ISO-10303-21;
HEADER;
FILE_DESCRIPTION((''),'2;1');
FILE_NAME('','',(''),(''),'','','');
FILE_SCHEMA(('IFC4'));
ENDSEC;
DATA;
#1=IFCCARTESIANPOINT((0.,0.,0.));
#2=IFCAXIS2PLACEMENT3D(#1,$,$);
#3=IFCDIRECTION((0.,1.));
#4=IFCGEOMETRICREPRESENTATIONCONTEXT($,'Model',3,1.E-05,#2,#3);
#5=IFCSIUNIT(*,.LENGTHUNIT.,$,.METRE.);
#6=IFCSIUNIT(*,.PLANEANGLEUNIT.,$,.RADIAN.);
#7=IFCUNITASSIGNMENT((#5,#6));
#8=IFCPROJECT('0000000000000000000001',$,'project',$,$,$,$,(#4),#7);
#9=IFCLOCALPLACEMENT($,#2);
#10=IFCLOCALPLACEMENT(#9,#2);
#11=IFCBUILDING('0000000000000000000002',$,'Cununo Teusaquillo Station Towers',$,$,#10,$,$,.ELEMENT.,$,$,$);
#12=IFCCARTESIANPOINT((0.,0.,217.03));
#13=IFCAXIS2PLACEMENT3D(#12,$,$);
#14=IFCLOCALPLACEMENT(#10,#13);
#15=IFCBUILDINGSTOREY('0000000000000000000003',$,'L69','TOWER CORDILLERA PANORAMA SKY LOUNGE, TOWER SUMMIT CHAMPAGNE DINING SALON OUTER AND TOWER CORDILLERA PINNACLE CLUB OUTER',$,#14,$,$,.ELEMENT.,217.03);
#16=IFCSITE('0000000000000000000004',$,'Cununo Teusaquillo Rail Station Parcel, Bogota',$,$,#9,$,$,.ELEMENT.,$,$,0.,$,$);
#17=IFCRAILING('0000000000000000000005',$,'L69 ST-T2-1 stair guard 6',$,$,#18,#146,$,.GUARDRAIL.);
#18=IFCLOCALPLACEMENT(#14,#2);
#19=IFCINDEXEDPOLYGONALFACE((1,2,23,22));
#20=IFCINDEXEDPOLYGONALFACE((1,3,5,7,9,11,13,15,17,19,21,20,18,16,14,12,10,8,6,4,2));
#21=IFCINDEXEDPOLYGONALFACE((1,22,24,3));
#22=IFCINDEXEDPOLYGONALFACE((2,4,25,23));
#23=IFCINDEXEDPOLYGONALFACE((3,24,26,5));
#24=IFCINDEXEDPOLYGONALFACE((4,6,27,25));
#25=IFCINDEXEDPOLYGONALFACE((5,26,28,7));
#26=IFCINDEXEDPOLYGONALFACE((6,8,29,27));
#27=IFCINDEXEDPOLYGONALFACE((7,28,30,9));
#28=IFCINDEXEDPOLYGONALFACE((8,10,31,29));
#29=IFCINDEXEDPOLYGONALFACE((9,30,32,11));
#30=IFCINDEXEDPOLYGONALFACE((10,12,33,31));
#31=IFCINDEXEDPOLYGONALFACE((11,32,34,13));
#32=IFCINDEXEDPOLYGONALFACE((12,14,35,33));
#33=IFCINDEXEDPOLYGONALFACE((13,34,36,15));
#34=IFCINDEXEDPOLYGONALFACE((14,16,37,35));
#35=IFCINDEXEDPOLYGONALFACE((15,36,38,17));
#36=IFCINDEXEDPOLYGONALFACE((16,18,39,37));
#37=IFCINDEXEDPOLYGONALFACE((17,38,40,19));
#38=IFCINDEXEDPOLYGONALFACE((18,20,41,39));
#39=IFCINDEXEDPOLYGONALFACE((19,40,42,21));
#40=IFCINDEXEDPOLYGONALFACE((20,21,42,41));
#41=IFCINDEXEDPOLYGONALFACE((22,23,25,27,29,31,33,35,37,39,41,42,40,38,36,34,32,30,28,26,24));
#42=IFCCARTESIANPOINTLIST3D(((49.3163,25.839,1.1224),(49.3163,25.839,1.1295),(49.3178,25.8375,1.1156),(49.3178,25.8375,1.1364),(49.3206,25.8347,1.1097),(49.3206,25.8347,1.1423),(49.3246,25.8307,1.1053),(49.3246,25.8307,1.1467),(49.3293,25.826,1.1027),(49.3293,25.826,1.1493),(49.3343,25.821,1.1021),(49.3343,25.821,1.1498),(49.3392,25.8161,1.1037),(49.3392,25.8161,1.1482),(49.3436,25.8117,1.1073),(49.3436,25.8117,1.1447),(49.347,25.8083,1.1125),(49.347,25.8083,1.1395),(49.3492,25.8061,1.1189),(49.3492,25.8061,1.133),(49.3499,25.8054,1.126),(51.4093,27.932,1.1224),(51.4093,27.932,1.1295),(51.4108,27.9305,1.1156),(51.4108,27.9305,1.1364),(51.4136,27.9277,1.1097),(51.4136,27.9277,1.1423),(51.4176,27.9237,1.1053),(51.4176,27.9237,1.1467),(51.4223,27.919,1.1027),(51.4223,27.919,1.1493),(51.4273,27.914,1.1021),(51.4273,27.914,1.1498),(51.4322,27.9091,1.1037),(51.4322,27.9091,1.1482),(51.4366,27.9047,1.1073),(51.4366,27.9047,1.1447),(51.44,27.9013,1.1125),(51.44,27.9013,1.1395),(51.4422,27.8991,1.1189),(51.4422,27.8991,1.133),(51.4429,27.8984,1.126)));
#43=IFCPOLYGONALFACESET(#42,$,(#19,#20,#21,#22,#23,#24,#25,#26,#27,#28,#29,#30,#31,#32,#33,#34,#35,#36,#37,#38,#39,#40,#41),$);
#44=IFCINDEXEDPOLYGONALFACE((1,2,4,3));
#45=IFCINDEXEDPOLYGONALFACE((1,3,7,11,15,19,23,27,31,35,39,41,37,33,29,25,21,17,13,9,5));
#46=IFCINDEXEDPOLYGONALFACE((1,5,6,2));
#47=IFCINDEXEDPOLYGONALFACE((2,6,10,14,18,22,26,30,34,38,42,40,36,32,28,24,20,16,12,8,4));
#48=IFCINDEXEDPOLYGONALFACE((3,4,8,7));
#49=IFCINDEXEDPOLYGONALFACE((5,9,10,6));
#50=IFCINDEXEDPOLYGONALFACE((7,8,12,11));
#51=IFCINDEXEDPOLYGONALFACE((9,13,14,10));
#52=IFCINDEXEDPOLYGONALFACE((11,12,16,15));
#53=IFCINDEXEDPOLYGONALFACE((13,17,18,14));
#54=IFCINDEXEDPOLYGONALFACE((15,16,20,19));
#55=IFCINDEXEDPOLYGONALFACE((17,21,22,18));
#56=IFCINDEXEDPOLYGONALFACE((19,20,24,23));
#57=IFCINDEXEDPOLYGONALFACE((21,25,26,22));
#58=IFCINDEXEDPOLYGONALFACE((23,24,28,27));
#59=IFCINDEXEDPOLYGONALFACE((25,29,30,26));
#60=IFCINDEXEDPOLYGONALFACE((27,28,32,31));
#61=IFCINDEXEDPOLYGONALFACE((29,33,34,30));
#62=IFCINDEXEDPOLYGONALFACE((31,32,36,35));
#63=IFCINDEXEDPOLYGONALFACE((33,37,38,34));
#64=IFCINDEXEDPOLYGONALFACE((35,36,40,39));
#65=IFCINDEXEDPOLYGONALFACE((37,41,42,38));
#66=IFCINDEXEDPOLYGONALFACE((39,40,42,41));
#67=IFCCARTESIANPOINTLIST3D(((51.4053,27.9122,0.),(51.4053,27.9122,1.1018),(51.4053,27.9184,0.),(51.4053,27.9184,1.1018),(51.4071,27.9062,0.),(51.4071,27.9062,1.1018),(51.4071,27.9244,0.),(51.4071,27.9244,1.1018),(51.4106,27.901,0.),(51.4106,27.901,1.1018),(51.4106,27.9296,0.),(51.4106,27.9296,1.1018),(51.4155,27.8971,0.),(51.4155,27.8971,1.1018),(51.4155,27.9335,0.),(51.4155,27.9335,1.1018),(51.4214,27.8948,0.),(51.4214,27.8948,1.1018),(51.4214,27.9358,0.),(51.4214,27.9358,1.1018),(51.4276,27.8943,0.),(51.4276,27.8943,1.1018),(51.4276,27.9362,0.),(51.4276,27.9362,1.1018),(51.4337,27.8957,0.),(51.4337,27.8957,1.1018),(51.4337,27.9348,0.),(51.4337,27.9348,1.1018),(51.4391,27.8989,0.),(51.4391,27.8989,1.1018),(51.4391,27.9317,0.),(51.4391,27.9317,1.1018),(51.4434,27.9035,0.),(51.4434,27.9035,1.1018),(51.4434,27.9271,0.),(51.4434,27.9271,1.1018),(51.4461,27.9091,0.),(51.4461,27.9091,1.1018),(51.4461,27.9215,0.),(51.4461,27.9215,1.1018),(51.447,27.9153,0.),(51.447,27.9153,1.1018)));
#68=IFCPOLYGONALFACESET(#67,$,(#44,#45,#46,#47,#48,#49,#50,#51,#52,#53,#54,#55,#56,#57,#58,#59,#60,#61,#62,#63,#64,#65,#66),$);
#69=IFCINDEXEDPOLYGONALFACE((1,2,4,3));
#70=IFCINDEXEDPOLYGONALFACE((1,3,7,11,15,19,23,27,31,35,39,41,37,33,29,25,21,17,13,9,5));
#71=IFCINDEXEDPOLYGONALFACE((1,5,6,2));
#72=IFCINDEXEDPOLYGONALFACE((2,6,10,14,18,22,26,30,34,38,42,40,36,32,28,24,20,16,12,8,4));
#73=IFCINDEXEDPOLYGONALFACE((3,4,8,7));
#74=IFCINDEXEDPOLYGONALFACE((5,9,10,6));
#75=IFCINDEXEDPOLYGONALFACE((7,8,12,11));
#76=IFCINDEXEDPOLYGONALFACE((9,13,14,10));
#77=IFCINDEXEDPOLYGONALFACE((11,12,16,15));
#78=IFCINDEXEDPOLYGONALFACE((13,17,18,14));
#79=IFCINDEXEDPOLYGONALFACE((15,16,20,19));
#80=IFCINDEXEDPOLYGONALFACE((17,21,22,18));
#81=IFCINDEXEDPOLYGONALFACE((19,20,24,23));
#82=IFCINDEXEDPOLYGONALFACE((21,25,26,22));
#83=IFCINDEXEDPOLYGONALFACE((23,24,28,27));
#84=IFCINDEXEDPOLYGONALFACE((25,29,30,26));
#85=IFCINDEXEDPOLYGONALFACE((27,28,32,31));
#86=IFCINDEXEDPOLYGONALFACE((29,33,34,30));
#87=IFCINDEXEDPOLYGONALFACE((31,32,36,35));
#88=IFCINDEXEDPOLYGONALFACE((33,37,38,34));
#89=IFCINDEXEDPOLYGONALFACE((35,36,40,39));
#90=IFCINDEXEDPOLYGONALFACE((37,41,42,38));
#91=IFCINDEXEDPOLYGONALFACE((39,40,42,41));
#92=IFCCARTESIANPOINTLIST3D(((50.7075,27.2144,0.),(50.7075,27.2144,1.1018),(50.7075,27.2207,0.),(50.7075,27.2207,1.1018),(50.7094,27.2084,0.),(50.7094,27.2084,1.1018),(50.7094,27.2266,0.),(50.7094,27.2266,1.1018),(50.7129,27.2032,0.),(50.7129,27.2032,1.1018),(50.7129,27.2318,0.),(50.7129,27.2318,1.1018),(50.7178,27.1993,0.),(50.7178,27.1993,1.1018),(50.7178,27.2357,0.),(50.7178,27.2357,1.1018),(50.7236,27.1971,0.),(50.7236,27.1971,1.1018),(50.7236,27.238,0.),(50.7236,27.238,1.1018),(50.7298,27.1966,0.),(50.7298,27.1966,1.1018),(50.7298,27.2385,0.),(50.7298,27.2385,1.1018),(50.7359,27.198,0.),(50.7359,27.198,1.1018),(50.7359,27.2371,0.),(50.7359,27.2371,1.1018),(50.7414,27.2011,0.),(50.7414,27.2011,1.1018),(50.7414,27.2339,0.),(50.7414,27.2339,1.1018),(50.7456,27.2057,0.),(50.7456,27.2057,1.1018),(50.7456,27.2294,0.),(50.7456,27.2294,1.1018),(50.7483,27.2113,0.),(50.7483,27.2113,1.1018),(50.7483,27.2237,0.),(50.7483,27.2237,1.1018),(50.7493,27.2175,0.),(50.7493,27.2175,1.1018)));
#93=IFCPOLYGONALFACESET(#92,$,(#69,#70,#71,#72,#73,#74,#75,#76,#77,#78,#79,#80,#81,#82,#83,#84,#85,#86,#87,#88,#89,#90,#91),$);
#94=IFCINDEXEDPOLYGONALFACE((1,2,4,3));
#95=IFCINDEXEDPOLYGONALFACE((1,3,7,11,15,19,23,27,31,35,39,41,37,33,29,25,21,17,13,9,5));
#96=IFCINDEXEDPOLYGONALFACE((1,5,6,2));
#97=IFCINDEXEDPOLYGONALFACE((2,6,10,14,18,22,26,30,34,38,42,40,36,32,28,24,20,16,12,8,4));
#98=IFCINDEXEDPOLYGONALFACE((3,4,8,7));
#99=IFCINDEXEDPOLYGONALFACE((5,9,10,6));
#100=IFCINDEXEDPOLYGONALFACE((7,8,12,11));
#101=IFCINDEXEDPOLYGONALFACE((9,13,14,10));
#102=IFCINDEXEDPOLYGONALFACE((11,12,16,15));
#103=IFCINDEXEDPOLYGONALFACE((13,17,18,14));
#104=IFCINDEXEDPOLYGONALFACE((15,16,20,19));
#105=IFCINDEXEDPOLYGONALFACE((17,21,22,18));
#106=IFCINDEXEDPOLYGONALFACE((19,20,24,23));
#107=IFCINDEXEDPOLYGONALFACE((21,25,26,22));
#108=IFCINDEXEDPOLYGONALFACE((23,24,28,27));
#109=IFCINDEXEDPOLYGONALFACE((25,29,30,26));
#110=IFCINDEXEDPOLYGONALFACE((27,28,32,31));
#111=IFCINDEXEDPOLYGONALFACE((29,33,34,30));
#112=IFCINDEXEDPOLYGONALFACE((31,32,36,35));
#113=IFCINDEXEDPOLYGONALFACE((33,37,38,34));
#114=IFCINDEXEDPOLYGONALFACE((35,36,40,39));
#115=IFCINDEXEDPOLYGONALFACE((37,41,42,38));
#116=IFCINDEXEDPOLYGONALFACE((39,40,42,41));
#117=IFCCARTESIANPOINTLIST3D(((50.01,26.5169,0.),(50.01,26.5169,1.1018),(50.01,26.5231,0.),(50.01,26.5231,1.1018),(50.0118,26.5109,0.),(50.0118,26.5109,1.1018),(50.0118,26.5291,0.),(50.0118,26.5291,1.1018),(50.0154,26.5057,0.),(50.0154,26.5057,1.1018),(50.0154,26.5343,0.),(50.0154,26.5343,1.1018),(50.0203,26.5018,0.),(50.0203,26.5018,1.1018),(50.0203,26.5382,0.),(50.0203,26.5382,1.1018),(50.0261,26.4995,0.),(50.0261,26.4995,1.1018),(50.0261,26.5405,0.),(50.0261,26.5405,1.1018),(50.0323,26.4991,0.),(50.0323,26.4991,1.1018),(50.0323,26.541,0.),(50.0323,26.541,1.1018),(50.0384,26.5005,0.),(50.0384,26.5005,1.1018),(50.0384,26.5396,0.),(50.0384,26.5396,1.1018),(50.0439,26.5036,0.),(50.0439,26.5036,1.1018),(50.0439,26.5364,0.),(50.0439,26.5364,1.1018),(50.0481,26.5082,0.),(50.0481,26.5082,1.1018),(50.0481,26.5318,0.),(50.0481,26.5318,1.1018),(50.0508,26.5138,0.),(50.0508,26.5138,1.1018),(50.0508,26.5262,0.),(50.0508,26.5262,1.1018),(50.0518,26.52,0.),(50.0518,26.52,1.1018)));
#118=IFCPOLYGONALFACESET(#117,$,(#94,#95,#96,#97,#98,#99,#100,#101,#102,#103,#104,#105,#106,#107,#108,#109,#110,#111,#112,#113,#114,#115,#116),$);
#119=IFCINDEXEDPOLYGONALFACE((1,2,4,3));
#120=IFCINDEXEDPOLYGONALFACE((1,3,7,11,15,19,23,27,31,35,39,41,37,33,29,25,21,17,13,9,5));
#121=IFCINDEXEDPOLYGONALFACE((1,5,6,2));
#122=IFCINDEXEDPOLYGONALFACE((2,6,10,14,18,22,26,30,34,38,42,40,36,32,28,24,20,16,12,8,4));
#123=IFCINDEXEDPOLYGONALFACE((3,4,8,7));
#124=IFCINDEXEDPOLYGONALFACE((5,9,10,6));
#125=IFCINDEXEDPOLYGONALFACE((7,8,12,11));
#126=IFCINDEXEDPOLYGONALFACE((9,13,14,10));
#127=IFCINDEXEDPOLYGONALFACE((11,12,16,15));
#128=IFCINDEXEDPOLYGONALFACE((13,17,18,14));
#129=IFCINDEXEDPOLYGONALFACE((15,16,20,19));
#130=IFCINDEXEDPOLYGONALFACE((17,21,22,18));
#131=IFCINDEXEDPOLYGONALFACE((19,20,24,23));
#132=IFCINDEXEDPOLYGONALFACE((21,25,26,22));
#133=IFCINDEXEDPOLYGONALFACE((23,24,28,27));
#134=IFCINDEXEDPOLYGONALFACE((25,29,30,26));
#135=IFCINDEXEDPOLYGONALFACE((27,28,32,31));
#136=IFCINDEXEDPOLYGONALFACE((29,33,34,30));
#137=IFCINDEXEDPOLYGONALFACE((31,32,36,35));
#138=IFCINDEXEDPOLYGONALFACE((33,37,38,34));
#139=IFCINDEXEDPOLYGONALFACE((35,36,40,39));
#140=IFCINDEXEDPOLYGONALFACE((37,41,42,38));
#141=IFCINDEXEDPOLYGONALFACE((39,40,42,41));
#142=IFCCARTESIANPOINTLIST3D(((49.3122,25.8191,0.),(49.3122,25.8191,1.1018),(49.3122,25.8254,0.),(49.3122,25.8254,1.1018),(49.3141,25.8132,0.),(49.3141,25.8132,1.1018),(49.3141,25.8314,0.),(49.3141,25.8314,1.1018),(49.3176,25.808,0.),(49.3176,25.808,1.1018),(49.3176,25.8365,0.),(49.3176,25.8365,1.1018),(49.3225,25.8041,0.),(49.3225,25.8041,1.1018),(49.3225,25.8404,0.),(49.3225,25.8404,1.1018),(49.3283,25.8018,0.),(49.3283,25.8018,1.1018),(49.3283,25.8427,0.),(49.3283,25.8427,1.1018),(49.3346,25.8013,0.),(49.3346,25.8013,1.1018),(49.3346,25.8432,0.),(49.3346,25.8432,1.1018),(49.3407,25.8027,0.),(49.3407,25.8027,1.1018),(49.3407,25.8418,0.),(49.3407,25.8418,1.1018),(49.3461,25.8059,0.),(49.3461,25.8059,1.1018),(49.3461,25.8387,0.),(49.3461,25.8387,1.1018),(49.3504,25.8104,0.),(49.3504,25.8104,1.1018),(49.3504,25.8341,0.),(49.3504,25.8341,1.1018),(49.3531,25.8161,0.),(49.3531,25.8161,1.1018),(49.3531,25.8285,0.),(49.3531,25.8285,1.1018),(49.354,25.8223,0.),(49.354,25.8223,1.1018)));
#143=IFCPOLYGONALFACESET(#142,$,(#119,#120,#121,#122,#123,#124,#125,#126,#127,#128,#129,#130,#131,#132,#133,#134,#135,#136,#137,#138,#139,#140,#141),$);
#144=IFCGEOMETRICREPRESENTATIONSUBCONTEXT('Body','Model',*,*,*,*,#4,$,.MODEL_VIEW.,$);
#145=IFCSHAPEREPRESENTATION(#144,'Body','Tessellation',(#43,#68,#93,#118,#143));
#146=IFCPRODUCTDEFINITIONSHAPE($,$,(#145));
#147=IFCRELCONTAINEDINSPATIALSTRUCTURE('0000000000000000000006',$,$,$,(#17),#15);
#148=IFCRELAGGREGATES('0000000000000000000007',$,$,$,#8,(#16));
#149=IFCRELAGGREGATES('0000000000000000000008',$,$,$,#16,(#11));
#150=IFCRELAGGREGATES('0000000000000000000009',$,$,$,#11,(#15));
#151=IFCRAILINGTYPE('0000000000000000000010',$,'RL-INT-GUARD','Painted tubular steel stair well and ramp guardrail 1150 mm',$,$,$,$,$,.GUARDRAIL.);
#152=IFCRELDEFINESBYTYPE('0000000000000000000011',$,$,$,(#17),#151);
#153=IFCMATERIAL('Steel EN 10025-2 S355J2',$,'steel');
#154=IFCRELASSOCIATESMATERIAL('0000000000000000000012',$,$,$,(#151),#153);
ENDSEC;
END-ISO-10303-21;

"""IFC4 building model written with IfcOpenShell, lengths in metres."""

from ifc_helpers import new_model, si_unit, direction, frame, origin, origin_2d, place, context, subcontext, project, spatial, circle, extrude, material, type_object, element, save


model = new_model("IFC4")

# Units and contexts
model_context = context("Model", 3, precision=1e-05, world=origin(), true_north=direction((0.0, 1.0)))
body_context = subcontext(model_context, "Body", "Model", "MODEL_VIEW")
ifc_project = project(units=[si_unit("LENGTHUNIT", "METRE"), si_unit("PLANEANGLEUNIT", "RADIAN")], contexts=[model_context])

# Site, building, storey
site_placement = place(None, origin())
site = spatial("IfcSite", under=ifc_project, at=site_placement, Name="Cununo Teusaquillo Rail Station Parcel, Bogota", CompositionType="ELEMENT", RefElevation=0.0)
building_placement = place(site_placement, origin())
building = spatial("IfcBuilding", under=site, at=building_placement, Name="Cununo Teusaquillo Station Towers", CompositionType="ELEMENT")
storey_placement = place(building_placement, frame((0.0, 0.0, 217.03)))
storey = spatial("IfcBuildingStorey", under=building, at=storey_placement, Name="L69", Description="TOWER CORDILLERA PANORAMA SKY LOUNGE, TOWER SUMMIT CHAMPAGNE DINING SALON OUTER AND TOWER CORDILLERA PINNACLE CLUB OUTER", CompositionType="ELEMENT", Elevation=217.03)

# Railing
ifc_material_1 = material(Name="Steel EN 10025-2 S355J2", Category="steel")
railing_type = type_object("IfcRailingType", Name="RL-INT-GUARD", Description="Painted tubular steel stair well and ramp guardrail 1150 mm", PredefinedType="GUARDRAIL", material=ifc_material_1)
railing_1_placement = place(storey_placement, frame((51.426, 27.9153, 0.0)))
element("IfcRailing", 1, at=railing_1_placement, inside=storey, type_object=railing_type, Name="L69 ST-T2-1 stair guard 6", PredefinedType="GUARDRAIL", context=body_context, shape_type="SweptSolid", body=[
    extrude(circle(Radius=0.0239, at=origin_2d()), frame((0.0, 0.0, 1.126), z_axis=(-0.707107, -0.707107, 0.0), x_axis=(0.707107, -0.707107, 0.0)), (0.0, 0.0, 1.0), 2.96),
    extrude(circle(Radius=0.021, at=origin_2d()), origin(), (0.0, 0.0, 1.0), 1.1018),
    extrude(circle(Radius=0.021, at=origin_2d()), frame((-0.6978, -0.6978, 0.0)), (0.0, 0.0, 1.0), 1.1018),
    extrude(circle(Radius=0.021, at=origin_2d()), frame((-1.3953, -1.3953, 0.0)), (0.0, 0.0, 1.0), 1.1018),
    extrude(circle(Radius=0.021, at=origin_2d()), frame((-2.093, -2.093, 0.0)), (0.0, 0.0, 1.0), 1.1018),
])

save(model, "model.ifc")
